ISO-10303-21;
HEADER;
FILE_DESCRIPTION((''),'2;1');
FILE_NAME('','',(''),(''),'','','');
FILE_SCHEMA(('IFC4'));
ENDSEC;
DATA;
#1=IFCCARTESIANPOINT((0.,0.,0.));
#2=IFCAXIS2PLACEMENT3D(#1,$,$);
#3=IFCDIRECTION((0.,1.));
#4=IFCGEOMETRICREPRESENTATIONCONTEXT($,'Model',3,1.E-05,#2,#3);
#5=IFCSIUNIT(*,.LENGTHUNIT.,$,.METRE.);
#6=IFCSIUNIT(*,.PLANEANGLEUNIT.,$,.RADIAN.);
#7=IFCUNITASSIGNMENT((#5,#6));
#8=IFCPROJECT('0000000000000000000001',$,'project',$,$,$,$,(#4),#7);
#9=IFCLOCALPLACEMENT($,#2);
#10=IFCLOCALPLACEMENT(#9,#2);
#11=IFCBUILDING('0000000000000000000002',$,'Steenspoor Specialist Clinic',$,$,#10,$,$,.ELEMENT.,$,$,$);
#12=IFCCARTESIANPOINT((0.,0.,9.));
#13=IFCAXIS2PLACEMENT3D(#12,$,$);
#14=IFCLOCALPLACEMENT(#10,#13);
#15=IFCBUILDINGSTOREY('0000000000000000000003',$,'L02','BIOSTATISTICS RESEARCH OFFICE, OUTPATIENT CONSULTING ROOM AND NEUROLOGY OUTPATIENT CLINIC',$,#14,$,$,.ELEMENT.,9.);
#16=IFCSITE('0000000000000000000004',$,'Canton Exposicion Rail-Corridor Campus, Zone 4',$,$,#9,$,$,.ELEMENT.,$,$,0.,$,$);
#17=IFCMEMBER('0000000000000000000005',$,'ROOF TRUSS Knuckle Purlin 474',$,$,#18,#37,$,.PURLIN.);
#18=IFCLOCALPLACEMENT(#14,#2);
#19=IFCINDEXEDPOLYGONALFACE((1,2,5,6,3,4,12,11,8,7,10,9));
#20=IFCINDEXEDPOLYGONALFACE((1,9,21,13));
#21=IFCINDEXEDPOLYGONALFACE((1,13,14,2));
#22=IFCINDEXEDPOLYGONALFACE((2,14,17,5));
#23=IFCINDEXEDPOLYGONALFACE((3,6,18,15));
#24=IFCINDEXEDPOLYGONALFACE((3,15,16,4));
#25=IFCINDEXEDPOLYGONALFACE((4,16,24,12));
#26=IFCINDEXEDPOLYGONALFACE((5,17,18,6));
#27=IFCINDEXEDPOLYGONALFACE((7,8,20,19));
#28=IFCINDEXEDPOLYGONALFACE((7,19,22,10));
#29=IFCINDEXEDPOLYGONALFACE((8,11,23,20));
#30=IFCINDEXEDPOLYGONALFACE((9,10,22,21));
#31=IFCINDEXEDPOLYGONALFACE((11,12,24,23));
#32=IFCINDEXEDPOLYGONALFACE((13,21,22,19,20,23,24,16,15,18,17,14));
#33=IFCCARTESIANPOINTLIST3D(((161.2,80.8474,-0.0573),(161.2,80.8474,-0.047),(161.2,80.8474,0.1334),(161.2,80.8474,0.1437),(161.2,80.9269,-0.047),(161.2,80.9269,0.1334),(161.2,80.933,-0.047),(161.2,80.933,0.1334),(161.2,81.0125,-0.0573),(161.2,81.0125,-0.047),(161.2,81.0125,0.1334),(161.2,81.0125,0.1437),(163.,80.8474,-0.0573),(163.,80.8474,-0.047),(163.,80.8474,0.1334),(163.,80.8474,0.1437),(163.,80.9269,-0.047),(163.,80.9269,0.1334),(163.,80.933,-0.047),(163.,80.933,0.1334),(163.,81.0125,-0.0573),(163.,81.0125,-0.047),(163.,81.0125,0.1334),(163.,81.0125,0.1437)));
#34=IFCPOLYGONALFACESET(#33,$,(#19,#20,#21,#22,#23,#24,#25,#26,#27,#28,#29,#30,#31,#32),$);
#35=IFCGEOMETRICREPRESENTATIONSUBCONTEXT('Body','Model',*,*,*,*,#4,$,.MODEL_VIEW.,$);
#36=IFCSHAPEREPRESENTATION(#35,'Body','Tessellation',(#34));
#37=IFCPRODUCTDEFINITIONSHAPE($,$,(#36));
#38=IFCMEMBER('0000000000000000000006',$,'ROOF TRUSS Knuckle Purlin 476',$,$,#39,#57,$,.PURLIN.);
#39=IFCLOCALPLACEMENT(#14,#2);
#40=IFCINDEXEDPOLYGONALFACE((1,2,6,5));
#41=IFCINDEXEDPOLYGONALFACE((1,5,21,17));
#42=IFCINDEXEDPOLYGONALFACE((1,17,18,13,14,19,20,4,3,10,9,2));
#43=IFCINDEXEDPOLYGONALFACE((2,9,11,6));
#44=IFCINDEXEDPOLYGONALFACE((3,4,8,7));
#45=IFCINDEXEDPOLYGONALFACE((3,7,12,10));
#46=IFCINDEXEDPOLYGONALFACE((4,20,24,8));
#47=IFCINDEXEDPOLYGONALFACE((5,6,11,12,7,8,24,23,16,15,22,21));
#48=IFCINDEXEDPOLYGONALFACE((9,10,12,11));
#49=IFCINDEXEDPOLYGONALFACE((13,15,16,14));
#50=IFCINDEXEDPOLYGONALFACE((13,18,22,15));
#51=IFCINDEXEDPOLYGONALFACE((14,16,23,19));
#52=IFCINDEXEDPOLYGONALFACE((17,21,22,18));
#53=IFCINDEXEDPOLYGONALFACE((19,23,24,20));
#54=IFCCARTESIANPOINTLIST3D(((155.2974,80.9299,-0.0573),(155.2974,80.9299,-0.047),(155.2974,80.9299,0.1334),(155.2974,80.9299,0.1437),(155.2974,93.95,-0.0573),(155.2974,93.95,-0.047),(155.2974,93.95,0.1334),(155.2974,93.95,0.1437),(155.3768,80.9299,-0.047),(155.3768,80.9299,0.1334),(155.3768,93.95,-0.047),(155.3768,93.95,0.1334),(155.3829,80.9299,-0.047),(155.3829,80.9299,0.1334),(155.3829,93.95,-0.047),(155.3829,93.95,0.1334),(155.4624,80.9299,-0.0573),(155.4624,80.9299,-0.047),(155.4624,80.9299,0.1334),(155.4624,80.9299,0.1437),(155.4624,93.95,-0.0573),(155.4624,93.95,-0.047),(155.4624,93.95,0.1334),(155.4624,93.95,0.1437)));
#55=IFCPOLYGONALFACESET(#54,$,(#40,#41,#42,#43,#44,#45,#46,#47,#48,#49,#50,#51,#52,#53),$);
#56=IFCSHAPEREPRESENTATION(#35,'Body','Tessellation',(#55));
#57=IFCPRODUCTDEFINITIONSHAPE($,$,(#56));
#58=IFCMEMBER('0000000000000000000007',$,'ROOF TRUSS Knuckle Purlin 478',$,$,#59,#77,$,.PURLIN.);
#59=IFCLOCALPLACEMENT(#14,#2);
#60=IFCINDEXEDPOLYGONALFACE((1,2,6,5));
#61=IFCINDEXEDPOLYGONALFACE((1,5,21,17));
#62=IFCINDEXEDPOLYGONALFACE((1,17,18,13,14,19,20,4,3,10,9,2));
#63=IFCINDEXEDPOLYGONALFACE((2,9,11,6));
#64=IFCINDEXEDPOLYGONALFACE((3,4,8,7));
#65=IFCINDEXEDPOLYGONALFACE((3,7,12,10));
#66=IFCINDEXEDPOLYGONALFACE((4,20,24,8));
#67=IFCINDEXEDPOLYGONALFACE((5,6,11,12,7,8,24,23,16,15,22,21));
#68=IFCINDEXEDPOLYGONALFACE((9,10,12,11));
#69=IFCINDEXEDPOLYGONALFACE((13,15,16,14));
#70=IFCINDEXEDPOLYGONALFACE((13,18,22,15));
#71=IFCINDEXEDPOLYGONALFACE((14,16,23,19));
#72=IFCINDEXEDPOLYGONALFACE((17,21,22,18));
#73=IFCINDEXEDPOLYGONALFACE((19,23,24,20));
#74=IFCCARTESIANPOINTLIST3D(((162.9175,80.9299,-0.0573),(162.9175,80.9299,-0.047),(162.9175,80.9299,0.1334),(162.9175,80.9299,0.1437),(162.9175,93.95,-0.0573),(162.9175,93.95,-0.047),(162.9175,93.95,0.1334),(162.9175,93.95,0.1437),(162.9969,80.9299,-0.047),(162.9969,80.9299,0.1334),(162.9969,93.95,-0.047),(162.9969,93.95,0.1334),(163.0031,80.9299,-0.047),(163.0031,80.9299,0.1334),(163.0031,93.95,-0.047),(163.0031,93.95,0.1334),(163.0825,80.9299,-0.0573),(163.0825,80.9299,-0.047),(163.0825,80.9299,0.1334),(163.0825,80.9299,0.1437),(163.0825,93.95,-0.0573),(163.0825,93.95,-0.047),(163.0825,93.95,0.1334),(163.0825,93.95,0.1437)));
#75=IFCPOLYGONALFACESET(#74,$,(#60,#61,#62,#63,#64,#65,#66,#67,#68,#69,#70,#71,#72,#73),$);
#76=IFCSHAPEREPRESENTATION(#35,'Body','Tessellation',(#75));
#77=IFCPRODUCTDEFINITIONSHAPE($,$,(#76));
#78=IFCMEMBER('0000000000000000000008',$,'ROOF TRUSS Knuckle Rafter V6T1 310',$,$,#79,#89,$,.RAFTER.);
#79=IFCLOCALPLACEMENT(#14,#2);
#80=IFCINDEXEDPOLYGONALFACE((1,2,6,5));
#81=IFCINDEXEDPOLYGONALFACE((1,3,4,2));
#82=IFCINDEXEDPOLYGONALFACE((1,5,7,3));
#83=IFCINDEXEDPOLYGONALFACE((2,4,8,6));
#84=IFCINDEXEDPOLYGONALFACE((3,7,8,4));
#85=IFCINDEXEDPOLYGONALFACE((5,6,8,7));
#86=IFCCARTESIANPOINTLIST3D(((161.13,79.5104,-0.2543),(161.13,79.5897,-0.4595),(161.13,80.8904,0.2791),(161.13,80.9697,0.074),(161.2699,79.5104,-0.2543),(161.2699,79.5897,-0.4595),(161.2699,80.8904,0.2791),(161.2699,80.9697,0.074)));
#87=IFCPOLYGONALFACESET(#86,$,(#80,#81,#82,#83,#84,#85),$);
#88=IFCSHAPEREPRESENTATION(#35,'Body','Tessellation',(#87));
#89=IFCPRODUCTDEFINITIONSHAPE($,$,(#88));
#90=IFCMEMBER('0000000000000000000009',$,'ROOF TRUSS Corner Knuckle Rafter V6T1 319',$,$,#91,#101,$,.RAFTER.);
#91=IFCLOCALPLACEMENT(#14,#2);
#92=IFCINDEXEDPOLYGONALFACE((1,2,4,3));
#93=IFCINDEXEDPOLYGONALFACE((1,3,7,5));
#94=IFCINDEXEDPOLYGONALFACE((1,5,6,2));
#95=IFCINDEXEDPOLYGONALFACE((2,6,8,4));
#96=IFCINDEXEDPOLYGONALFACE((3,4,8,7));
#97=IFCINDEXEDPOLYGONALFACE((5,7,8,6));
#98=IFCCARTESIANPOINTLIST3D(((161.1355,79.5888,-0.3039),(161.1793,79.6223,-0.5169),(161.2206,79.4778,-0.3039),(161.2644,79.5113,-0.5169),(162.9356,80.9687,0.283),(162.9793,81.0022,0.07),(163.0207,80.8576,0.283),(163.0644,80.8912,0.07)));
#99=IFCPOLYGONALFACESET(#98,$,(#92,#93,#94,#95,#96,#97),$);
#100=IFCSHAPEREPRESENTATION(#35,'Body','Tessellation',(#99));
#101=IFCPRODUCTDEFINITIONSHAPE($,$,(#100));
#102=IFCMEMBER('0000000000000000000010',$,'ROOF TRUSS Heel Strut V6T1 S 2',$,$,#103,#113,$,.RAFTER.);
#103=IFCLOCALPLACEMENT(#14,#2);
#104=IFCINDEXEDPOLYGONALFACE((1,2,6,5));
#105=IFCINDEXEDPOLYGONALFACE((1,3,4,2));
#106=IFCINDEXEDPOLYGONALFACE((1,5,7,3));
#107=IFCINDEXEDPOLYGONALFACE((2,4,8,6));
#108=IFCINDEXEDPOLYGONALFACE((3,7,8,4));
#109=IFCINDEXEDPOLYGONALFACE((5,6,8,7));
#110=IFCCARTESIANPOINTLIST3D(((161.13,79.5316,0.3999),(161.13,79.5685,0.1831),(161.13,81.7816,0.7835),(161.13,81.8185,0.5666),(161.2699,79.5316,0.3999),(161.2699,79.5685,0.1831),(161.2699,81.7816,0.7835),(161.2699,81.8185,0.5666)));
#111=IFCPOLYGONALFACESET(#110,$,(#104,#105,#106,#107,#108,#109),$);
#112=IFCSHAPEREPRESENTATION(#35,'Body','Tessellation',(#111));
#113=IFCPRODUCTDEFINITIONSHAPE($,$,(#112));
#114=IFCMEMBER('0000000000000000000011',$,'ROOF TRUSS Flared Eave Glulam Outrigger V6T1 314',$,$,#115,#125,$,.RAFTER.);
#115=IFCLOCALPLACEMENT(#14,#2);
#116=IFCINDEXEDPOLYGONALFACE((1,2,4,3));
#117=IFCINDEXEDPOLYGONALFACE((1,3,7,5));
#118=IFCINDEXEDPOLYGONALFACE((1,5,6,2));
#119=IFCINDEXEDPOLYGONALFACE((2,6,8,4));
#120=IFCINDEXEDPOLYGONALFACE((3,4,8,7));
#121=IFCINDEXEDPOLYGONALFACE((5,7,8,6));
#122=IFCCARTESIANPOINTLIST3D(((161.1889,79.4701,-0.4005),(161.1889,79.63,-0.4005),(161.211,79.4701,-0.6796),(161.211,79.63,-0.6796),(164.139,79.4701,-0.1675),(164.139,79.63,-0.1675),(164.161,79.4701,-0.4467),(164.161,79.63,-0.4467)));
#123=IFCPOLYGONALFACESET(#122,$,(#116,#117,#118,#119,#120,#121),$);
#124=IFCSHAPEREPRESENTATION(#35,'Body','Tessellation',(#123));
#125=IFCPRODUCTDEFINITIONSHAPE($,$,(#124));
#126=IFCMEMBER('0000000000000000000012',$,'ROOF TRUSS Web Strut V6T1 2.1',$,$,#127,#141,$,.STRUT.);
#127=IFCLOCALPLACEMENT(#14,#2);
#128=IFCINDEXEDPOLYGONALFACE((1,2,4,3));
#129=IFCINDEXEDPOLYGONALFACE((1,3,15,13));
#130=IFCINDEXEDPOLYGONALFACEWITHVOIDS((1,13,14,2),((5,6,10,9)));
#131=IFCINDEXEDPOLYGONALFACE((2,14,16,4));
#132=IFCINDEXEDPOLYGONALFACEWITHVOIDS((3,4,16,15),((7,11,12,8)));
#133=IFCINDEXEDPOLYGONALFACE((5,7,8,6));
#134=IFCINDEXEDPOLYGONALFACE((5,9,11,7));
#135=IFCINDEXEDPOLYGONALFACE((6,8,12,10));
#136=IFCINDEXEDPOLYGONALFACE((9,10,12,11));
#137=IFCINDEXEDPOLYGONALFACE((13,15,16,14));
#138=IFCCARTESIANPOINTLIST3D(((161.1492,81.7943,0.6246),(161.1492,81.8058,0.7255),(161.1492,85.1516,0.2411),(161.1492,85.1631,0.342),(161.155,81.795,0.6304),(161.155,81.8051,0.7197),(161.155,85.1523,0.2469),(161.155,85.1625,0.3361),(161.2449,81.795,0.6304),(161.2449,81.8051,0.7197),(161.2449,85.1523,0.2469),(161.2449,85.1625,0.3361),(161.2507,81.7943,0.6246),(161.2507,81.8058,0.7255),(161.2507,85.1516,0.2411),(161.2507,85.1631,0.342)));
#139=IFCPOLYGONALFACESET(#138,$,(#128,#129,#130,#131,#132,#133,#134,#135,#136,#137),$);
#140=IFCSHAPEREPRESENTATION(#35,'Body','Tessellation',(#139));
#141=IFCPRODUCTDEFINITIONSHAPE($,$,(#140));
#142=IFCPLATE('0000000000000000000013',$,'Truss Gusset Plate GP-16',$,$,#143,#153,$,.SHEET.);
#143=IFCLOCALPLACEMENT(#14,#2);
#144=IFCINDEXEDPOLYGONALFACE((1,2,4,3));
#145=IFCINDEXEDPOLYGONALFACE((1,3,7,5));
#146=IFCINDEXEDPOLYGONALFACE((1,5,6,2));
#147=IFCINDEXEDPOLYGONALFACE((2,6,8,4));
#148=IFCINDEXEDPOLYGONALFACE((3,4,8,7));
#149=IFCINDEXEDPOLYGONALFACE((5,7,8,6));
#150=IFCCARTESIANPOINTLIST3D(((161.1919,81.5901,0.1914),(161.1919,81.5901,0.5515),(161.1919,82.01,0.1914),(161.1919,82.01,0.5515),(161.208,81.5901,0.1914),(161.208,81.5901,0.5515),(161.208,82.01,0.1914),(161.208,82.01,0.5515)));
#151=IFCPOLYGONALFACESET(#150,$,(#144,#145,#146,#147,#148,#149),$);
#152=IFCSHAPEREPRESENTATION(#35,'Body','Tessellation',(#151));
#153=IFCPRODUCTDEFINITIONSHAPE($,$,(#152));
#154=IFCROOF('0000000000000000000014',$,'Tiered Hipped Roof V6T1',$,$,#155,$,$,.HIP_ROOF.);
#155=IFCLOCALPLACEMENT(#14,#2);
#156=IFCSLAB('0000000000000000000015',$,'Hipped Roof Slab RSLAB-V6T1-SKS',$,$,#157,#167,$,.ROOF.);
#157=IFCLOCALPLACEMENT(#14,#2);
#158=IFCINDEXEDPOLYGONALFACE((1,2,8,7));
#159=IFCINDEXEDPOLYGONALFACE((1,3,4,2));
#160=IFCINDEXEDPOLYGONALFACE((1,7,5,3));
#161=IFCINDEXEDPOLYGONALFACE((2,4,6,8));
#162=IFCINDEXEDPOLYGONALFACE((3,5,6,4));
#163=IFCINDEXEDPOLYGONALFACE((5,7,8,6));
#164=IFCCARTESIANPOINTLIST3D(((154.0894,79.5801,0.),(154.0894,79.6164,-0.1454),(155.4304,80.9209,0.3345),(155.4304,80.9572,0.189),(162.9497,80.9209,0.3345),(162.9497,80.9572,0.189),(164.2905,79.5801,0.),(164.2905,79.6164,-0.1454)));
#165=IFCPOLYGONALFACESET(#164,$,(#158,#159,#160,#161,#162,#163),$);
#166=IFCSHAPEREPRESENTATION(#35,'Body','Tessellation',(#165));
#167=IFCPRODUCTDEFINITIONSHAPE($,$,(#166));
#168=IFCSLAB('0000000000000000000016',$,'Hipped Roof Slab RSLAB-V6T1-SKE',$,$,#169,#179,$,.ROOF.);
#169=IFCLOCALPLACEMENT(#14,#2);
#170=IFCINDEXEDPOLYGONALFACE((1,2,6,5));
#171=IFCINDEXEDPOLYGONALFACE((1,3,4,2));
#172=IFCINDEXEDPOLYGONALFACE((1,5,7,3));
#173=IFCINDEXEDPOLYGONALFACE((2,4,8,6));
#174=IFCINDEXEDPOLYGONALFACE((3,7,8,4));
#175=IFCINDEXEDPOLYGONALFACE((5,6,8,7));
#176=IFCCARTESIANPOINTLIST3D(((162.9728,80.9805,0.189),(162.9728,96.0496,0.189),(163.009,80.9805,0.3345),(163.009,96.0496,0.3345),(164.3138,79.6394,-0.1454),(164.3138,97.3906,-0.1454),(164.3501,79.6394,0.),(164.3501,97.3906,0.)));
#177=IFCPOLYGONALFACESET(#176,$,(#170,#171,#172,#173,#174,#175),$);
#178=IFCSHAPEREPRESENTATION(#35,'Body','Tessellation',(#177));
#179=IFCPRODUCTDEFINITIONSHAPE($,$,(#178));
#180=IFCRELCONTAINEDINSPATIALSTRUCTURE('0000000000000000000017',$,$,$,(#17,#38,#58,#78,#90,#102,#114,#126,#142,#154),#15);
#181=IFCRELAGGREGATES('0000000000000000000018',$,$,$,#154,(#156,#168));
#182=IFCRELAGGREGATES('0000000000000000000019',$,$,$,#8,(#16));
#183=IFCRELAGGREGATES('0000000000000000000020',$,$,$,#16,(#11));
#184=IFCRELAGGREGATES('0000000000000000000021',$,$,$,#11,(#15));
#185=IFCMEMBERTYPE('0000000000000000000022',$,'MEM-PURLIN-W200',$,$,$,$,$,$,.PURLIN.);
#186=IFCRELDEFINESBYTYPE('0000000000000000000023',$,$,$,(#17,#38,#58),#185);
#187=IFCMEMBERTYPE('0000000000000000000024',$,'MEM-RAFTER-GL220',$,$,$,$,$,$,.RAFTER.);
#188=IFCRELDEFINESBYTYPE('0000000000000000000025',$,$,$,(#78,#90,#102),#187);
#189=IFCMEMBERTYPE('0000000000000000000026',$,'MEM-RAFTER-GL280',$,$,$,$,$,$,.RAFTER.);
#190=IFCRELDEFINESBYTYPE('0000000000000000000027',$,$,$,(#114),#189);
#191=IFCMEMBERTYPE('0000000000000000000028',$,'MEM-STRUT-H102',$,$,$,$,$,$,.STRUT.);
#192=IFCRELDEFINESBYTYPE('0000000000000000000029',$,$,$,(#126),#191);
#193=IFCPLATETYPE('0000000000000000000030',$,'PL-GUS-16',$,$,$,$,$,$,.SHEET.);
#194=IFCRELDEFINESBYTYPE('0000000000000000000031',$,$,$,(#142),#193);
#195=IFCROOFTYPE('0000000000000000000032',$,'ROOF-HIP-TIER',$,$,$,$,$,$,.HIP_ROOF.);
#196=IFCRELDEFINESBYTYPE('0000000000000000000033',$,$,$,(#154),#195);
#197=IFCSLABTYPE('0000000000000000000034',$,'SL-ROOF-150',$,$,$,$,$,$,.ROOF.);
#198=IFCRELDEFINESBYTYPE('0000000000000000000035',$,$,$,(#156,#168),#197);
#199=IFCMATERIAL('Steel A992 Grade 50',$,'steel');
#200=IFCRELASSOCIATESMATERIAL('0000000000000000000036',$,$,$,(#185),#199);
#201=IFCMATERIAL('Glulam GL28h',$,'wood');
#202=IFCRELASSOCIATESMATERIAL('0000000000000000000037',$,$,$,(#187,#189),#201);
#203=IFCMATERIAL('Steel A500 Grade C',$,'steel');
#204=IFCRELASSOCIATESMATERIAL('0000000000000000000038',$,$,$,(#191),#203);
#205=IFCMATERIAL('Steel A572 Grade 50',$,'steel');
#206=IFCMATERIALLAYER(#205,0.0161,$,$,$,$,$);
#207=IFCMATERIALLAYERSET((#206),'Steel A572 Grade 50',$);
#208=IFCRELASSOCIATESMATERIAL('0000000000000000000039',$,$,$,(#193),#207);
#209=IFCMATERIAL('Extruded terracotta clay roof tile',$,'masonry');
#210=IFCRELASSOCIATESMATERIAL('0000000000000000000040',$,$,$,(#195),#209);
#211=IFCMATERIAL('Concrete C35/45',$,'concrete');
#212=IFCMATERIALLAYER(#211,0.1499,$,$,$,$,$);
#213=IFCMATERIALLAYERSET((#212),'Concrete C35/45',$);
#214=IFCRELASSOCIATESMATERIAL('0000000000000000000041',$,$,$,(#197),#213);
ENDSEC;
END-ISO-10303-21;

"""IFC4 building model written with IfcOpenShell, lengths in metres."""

from ifc_helpers import new_model, si_unit, direction, frame, origin, origin_2d, place, context, subcontext, project, spatial, polyline, rectangle, hollow_rectangle, i_section, outline, extrude, material, layer, layer_set, material_profile, profile_set, type_object, element, aggregate, save


model = new_model("IFC4")

# Units and contexts
model_context = context("Model", 3, precision=1e-05, world=origin(), true_north=direction((0.0, 1.0)))
body_context = subcontext(model_context, "Body", "Model", "MODEL_VIEW")
ifc_project = project(units=[si_unit("LENGTHUNIT", "METRE"), si_unit("PLANEANGLEUNIT", "RADIAN")], contexts=[model_context])

# Site, building, storey
site_placement = place(None, origin())
site = spatial("IfcSite", under=ifc_project, at=site_placement, Name="Canton Exposicion Rail-Corridor Campus, Zone 4", CompositionType="ELEMENT", RefElevation=0.0)
building_placement = place(site_placement, origin())
building = spatial("IfcBuilding", under=site, at=building_placement, Name="Steenspoor Specialist Clinic", CompositionType="ELEMENT")
storey_placement = place(building_placement, frame((0.0, 0.0, 9.0)))
storey = spatial("IfcBuildingStorey", under=building, at=storey_placement, Name="L02", Description="BIOSTATISTICS RESEARCH OFFICE, OUTPATIENT CONSULTING ROOM AND NEUROLOGY OUTPATIENT CLINIC", CompositionType="ELEMENT", Elevation=9.0)

# Shared definitions
ifc_material_1 = material(Name="Steel A992 Grade 50", Category="steel")

# Members
ifc_material_2 = material(Name="Steel A500 Grade C", Category="steel")
ifc_material_profile_1 = material_profile(ifc_material_1, i_section(OverallWidth=0.165, OverallDepth=0.2009, WebThickness=0.0061, FlangeThickness=0.0103, at=origin_2d()), Name="W200X36")
ifc_profile_set_1 = profile_set([ifc_material_profile_1], Name="Steel A992 Grade 50")
member_type_1 = type_object("IfcMemberType", Name="MEM-PURLIN-W200", PredefinedType="PURLIN", material=ifc_profile_set_1)
member_1_placement = place(storey_placement, frame((161.2, 80.9299, 0.0432), z_axis=(1.0, 0.0, 0.0), x_axis=(0.0, 1.0, 0.0)))
element("IfcMember", 1, at=member_1_placement, inside=storey, type_object=member_type_1, Name="ROOF TRUSS Knuckle Purlin 474", PredefinedType="PURLIN", context=body_context, shape_type="SweptSolid", body=[
    extrude(i_section(OverallWidth=0.165, OverallDepth=0.2009, WebThickness=0.0061, FlangeThickness=0.0103, at=origin_2d()), origin(), (0.0, 0.0, 1.0), 1.8),
])
for number, where, z_axis, x_axis, name in (
    (2, (155.3799, 80.9299, 0.0432), (0.0, 1.0, 0.0), (-1.0, 0.0, 0.0), "ROOF TRUSS Knuckle Purlin 476"),
    (3, (163.0, 80.9299, 0.0432), (0.0, 1.0, 0.0), (-1.0, 0.0, 0.0), "ROOF TRUSS Knuckle Purlin 478"),
):
    element("IfcMember", number, at=place(storey_placement, frame(where, z_axis=z_axis, x_axis=x_axis)), inside=storey, type_object=member_type_1, Name=name, PredefinedType="PURLIN", context=body_context, shape_type="SweptSolid", body=[
        extrude(i_section(OverallWidth=0.165, OverallDepth=0.2009, WebThickness=0.0061, FlangeThickness=0.0103, at=origin_2d()), origin(), (0.0, 0.0, 1.0), 13.02),
    ])
ifc_material_3 = material(Name="Glulam GL28h", Category="wood")
ifc_material_profile_2 = material_profile(ifc_material_3, rectangle(XDim=0.1399, YDim=0.22, at=origin_2d()), Name="GL28H-140X220")
ifc_profile_set_2 = profile_set([ifc_material_profile_2], Name="Glulam GL28h")
member_type_2 = type_object("IfcMemberType", Name="MEM-RAFTER-GL220", PredefinedType="RAFTER", material=ifc_profile_set_2)
member_2_placement = place(storey_placement, frame((161.2, 79.55, -0.3569), z_axis=(0.0, 0.932728, 0.360582), x_axis=(-1.0, 0.0, 0.0)))
element("IfcMember", 4, at=member_2_placement, inside=storey, type_object=member_type_2, Name="ROOF TRUSS Knuckle Rafter V6T1 310", PredefinedType="RAFTER", context=body_context, shape_type="SweptSolid", body=[
    extrude(rectangle(XDim=0.1399, YDim=0.22, at=origin_2d()), origin(), (0.0, 0.0, 1.0), 1.4795),
])
member_3_placement = place(storey_placement, frame((161.2, 79.55, -0.4104), z_axis=(0.768332, 0.588988, 0.250518), x_axis=(-0.608389, 0.793639, 0.0)))
element("IfcMember", 5, at=member_3_placement, inside=storey, type_object=member_type_2, Name="ROOF TRUSS Corner Knuckle Rafter V6T1 319", PredefinedType="RAFTER", context=body_context, shape_type="SweptSolid", body=[
    extrude(rectangle(XDim=0.1399, YDim=0.22, at=origin_2d()), origin(), (0.0, 0.0, 1.0), 2.3428),
])
member_4_placement = place(storey_placement, frame((161.2, 79.55, 0.2915), z_axis=(0.0, 0.98578, 0.16804), x_axis=(-1.0, 0.0, 0.0)))
element("IfcMember", 6, at=member_4_placement, inside=storey, type_object=member_type_2, Name="ROOF TRUSS Heel Strut V6T1 S 2", PredefinedType="RAFTER", context=body_context, shape_type="SweptSolid", body=[
    extrude(rectangle(XDim=0.1399, YDim=0.22, at=origin_2d()), origin(), (0.0, 0.0, 1.0), 2.2825),
])
ifc_material_profile_3 = material_profile(ifc_material_3, rectangle(XDim=0.1599, YDim=0.28, at=origin_2d()), Name="GL28H-160X280")
ifc_profile_set_3 = profile_set([ifc_material_profile_3], Name="Glulam GL28h")
member_type_3 = type_object("IfcMemberType", Name="MEM-RAFTER-GL280", PredefinedType="RAFTER", material=ifc_profile_set_3)
member_5_placement = place(storey_placement, frame((161.2, 79.55, -0.54), z_axis=(0.996898, 0.0, 0.078709), x_axis=(0.0, 1.0, 0.0)))
element("IfcMember", 7, at=member_5_placement, inside=storey, type_object=member_type_3, Name="ROOF TRUSS Flared Eave Glulam Outrigger V6T1 314", PredefinedType="RAFTER", context=body_context, shape_type="SweptSolid", body=[
    extrude(rectangle(XDim=0.1599, YDim=0.28, at=origin_2d()), origin(), (0.0, 0.0, 1.0), 2.9592),
])
ifc_material_profile_4 = material_profile(ifc_material_2, hollow_rectangle(XDim=0.1016, YDim=0.1016, WallThickness=0.0059, at=origin_2d()), Name="HSS102X102X6.4")
ifc_profile_set_4 = profile_set([ifc_material_profile_4], Name="Steel A500 Grade C")
member_type_4 = type_object("IfcMemberType", Name="MEM-STRUT-H102", PredefinedType="STRUT", material=ifc_profile_set_4)
member_6_placement = place(storey_placement, frame((161.2, 81.8, 0.675), z_axis=(0.0, 0.993538, -0.1135), x_axis=(-1.0, 0.0, 0.0)))
element("IfcMember", 8, at=member_6_placement, inside=storey, type_object=member_type_4, Name="ROOF TRUSS Web Strut V6T1 2.1", PredefinedType="STRUT", context=body_context, shape_type="SweptSolid", body=[
    extrude(hollow_rectangle(XDim=0.1016, YDim=0.1016, WallThickness=0.0059, at=origin_2d()), origin(), (0.0, 0.0, 1.0), 3.3792),
])

# Plate
ifc_material_4 = material(Name="Steel A572 Grade 50", Category="steel")
ifc_layer_1 = layer(ifc_material_4, 0.0161)
ifc_layer_set_1 = layer_set([ifc_layer_1], Name="Steel A572 Grade 50")
plate_type = type_object("IfcPlateType", Name="PL-GUS-16", PredefinedType="SHEET", material=ifc_layer_set_1)
plate_placement = place(storey_placement, frame((161.2, 81.8, 0.1914), z_axis=(0.0, 0.0, 1.0), x_axis=(1.0, 0.0, 0.0)))
element("IfcPlate", 9, at=plate_placement, inside=storey, type_object=plate_type, Name="Truss Gusset Plate GP-16", PredefinedType="SHEET", context=body_context, shape_type="SweptSolid", body=[
    extrude(rectangle(XDim=0.0161, YDim=0.4199, at=origin_2d()), origin(), (0.0, 0.0, 1.0), 0.3601),
])

# Roof, slabs
ifc_material_5 = material(Name="Extruded terracotta clay roof tile", Category="masonry")
roof_type = type_object("IfcRoofType", Name="ROOF-HIP-TIER", PredefinedType="HIP_ROOF", material=ifc_material_5)
roof_placement = place(storey_placement, origin())
roof = element("IfcRoof", 10, at=roof_placement, inside=storey, type_object=roof_type, Name="Tiered Hipped Roof V6T1", PredefinedType="HIP_ROOF")
ifc_material_6 = material(Name="Concrete C35/45", Category="concrete")
ifc_layer_2 = layer(ifc_material_6, 0.1499)
ifc_layer_set_2 = layer_set([ifc_layer_2], Name="Concrete C35/45")
slab_type = type_object("IfcSlabType", Name="SL-ROOF-150", PredefinedType="ROOF", material=ifc_layer_set_2)
slab_1_placement = place(storey_placement, frame((155.4304, 80.9209, 0.3345), z_axis=(0.0, -0.242037, 0.970267), x_axis=(-0.696422, -0.696295, -0.173693)))
slab_1 = element("IfcSlab", 11, at=slab_1_placement, type_object=slab_type, Name="Hipped Roof Slab RSLAB-V6T1-SKS", PredefinedType="ROOF", context=body_context, shape_type="SweptSolid", body=[
    extrude(outline(polyline([(0.0, 0.0), (1.9256, 0.0), (-5.1787, 7.3207), (-5.2366, 5.3961), (0.0, 0.0)])), origin(), (0.0, 0.0, -1.0), 0.1499),
])
slab_2_placement = place(storey_placement, frame((163.009, 80.9805, 0.3345), z_axis=(0.241995, 0.0, 0.970277), x_axis=(0.696361, -0.696361, -0.173678)))
slab_2 = element("IfcSlab", 12, at=slab_2_placement, type_object=slab_type, Name="Hipped Roof Slab RSLAB-V6T1-SKE", PredefinedType="ROOF", context=body_context, shape_type="SweptSolid", body=[
    extrude(outline(polyline([(0.0, 0.0), (1.9258, 0.0), (-10.4354, 12.7399), (-10.4935, 10.815), (0.0, 0.0)])), origin(), (0.0, 0.0, -1.0), 0.1499),
])
aggregate(roof, [slab_1, slab_2])

save(model, "model.ifc")
